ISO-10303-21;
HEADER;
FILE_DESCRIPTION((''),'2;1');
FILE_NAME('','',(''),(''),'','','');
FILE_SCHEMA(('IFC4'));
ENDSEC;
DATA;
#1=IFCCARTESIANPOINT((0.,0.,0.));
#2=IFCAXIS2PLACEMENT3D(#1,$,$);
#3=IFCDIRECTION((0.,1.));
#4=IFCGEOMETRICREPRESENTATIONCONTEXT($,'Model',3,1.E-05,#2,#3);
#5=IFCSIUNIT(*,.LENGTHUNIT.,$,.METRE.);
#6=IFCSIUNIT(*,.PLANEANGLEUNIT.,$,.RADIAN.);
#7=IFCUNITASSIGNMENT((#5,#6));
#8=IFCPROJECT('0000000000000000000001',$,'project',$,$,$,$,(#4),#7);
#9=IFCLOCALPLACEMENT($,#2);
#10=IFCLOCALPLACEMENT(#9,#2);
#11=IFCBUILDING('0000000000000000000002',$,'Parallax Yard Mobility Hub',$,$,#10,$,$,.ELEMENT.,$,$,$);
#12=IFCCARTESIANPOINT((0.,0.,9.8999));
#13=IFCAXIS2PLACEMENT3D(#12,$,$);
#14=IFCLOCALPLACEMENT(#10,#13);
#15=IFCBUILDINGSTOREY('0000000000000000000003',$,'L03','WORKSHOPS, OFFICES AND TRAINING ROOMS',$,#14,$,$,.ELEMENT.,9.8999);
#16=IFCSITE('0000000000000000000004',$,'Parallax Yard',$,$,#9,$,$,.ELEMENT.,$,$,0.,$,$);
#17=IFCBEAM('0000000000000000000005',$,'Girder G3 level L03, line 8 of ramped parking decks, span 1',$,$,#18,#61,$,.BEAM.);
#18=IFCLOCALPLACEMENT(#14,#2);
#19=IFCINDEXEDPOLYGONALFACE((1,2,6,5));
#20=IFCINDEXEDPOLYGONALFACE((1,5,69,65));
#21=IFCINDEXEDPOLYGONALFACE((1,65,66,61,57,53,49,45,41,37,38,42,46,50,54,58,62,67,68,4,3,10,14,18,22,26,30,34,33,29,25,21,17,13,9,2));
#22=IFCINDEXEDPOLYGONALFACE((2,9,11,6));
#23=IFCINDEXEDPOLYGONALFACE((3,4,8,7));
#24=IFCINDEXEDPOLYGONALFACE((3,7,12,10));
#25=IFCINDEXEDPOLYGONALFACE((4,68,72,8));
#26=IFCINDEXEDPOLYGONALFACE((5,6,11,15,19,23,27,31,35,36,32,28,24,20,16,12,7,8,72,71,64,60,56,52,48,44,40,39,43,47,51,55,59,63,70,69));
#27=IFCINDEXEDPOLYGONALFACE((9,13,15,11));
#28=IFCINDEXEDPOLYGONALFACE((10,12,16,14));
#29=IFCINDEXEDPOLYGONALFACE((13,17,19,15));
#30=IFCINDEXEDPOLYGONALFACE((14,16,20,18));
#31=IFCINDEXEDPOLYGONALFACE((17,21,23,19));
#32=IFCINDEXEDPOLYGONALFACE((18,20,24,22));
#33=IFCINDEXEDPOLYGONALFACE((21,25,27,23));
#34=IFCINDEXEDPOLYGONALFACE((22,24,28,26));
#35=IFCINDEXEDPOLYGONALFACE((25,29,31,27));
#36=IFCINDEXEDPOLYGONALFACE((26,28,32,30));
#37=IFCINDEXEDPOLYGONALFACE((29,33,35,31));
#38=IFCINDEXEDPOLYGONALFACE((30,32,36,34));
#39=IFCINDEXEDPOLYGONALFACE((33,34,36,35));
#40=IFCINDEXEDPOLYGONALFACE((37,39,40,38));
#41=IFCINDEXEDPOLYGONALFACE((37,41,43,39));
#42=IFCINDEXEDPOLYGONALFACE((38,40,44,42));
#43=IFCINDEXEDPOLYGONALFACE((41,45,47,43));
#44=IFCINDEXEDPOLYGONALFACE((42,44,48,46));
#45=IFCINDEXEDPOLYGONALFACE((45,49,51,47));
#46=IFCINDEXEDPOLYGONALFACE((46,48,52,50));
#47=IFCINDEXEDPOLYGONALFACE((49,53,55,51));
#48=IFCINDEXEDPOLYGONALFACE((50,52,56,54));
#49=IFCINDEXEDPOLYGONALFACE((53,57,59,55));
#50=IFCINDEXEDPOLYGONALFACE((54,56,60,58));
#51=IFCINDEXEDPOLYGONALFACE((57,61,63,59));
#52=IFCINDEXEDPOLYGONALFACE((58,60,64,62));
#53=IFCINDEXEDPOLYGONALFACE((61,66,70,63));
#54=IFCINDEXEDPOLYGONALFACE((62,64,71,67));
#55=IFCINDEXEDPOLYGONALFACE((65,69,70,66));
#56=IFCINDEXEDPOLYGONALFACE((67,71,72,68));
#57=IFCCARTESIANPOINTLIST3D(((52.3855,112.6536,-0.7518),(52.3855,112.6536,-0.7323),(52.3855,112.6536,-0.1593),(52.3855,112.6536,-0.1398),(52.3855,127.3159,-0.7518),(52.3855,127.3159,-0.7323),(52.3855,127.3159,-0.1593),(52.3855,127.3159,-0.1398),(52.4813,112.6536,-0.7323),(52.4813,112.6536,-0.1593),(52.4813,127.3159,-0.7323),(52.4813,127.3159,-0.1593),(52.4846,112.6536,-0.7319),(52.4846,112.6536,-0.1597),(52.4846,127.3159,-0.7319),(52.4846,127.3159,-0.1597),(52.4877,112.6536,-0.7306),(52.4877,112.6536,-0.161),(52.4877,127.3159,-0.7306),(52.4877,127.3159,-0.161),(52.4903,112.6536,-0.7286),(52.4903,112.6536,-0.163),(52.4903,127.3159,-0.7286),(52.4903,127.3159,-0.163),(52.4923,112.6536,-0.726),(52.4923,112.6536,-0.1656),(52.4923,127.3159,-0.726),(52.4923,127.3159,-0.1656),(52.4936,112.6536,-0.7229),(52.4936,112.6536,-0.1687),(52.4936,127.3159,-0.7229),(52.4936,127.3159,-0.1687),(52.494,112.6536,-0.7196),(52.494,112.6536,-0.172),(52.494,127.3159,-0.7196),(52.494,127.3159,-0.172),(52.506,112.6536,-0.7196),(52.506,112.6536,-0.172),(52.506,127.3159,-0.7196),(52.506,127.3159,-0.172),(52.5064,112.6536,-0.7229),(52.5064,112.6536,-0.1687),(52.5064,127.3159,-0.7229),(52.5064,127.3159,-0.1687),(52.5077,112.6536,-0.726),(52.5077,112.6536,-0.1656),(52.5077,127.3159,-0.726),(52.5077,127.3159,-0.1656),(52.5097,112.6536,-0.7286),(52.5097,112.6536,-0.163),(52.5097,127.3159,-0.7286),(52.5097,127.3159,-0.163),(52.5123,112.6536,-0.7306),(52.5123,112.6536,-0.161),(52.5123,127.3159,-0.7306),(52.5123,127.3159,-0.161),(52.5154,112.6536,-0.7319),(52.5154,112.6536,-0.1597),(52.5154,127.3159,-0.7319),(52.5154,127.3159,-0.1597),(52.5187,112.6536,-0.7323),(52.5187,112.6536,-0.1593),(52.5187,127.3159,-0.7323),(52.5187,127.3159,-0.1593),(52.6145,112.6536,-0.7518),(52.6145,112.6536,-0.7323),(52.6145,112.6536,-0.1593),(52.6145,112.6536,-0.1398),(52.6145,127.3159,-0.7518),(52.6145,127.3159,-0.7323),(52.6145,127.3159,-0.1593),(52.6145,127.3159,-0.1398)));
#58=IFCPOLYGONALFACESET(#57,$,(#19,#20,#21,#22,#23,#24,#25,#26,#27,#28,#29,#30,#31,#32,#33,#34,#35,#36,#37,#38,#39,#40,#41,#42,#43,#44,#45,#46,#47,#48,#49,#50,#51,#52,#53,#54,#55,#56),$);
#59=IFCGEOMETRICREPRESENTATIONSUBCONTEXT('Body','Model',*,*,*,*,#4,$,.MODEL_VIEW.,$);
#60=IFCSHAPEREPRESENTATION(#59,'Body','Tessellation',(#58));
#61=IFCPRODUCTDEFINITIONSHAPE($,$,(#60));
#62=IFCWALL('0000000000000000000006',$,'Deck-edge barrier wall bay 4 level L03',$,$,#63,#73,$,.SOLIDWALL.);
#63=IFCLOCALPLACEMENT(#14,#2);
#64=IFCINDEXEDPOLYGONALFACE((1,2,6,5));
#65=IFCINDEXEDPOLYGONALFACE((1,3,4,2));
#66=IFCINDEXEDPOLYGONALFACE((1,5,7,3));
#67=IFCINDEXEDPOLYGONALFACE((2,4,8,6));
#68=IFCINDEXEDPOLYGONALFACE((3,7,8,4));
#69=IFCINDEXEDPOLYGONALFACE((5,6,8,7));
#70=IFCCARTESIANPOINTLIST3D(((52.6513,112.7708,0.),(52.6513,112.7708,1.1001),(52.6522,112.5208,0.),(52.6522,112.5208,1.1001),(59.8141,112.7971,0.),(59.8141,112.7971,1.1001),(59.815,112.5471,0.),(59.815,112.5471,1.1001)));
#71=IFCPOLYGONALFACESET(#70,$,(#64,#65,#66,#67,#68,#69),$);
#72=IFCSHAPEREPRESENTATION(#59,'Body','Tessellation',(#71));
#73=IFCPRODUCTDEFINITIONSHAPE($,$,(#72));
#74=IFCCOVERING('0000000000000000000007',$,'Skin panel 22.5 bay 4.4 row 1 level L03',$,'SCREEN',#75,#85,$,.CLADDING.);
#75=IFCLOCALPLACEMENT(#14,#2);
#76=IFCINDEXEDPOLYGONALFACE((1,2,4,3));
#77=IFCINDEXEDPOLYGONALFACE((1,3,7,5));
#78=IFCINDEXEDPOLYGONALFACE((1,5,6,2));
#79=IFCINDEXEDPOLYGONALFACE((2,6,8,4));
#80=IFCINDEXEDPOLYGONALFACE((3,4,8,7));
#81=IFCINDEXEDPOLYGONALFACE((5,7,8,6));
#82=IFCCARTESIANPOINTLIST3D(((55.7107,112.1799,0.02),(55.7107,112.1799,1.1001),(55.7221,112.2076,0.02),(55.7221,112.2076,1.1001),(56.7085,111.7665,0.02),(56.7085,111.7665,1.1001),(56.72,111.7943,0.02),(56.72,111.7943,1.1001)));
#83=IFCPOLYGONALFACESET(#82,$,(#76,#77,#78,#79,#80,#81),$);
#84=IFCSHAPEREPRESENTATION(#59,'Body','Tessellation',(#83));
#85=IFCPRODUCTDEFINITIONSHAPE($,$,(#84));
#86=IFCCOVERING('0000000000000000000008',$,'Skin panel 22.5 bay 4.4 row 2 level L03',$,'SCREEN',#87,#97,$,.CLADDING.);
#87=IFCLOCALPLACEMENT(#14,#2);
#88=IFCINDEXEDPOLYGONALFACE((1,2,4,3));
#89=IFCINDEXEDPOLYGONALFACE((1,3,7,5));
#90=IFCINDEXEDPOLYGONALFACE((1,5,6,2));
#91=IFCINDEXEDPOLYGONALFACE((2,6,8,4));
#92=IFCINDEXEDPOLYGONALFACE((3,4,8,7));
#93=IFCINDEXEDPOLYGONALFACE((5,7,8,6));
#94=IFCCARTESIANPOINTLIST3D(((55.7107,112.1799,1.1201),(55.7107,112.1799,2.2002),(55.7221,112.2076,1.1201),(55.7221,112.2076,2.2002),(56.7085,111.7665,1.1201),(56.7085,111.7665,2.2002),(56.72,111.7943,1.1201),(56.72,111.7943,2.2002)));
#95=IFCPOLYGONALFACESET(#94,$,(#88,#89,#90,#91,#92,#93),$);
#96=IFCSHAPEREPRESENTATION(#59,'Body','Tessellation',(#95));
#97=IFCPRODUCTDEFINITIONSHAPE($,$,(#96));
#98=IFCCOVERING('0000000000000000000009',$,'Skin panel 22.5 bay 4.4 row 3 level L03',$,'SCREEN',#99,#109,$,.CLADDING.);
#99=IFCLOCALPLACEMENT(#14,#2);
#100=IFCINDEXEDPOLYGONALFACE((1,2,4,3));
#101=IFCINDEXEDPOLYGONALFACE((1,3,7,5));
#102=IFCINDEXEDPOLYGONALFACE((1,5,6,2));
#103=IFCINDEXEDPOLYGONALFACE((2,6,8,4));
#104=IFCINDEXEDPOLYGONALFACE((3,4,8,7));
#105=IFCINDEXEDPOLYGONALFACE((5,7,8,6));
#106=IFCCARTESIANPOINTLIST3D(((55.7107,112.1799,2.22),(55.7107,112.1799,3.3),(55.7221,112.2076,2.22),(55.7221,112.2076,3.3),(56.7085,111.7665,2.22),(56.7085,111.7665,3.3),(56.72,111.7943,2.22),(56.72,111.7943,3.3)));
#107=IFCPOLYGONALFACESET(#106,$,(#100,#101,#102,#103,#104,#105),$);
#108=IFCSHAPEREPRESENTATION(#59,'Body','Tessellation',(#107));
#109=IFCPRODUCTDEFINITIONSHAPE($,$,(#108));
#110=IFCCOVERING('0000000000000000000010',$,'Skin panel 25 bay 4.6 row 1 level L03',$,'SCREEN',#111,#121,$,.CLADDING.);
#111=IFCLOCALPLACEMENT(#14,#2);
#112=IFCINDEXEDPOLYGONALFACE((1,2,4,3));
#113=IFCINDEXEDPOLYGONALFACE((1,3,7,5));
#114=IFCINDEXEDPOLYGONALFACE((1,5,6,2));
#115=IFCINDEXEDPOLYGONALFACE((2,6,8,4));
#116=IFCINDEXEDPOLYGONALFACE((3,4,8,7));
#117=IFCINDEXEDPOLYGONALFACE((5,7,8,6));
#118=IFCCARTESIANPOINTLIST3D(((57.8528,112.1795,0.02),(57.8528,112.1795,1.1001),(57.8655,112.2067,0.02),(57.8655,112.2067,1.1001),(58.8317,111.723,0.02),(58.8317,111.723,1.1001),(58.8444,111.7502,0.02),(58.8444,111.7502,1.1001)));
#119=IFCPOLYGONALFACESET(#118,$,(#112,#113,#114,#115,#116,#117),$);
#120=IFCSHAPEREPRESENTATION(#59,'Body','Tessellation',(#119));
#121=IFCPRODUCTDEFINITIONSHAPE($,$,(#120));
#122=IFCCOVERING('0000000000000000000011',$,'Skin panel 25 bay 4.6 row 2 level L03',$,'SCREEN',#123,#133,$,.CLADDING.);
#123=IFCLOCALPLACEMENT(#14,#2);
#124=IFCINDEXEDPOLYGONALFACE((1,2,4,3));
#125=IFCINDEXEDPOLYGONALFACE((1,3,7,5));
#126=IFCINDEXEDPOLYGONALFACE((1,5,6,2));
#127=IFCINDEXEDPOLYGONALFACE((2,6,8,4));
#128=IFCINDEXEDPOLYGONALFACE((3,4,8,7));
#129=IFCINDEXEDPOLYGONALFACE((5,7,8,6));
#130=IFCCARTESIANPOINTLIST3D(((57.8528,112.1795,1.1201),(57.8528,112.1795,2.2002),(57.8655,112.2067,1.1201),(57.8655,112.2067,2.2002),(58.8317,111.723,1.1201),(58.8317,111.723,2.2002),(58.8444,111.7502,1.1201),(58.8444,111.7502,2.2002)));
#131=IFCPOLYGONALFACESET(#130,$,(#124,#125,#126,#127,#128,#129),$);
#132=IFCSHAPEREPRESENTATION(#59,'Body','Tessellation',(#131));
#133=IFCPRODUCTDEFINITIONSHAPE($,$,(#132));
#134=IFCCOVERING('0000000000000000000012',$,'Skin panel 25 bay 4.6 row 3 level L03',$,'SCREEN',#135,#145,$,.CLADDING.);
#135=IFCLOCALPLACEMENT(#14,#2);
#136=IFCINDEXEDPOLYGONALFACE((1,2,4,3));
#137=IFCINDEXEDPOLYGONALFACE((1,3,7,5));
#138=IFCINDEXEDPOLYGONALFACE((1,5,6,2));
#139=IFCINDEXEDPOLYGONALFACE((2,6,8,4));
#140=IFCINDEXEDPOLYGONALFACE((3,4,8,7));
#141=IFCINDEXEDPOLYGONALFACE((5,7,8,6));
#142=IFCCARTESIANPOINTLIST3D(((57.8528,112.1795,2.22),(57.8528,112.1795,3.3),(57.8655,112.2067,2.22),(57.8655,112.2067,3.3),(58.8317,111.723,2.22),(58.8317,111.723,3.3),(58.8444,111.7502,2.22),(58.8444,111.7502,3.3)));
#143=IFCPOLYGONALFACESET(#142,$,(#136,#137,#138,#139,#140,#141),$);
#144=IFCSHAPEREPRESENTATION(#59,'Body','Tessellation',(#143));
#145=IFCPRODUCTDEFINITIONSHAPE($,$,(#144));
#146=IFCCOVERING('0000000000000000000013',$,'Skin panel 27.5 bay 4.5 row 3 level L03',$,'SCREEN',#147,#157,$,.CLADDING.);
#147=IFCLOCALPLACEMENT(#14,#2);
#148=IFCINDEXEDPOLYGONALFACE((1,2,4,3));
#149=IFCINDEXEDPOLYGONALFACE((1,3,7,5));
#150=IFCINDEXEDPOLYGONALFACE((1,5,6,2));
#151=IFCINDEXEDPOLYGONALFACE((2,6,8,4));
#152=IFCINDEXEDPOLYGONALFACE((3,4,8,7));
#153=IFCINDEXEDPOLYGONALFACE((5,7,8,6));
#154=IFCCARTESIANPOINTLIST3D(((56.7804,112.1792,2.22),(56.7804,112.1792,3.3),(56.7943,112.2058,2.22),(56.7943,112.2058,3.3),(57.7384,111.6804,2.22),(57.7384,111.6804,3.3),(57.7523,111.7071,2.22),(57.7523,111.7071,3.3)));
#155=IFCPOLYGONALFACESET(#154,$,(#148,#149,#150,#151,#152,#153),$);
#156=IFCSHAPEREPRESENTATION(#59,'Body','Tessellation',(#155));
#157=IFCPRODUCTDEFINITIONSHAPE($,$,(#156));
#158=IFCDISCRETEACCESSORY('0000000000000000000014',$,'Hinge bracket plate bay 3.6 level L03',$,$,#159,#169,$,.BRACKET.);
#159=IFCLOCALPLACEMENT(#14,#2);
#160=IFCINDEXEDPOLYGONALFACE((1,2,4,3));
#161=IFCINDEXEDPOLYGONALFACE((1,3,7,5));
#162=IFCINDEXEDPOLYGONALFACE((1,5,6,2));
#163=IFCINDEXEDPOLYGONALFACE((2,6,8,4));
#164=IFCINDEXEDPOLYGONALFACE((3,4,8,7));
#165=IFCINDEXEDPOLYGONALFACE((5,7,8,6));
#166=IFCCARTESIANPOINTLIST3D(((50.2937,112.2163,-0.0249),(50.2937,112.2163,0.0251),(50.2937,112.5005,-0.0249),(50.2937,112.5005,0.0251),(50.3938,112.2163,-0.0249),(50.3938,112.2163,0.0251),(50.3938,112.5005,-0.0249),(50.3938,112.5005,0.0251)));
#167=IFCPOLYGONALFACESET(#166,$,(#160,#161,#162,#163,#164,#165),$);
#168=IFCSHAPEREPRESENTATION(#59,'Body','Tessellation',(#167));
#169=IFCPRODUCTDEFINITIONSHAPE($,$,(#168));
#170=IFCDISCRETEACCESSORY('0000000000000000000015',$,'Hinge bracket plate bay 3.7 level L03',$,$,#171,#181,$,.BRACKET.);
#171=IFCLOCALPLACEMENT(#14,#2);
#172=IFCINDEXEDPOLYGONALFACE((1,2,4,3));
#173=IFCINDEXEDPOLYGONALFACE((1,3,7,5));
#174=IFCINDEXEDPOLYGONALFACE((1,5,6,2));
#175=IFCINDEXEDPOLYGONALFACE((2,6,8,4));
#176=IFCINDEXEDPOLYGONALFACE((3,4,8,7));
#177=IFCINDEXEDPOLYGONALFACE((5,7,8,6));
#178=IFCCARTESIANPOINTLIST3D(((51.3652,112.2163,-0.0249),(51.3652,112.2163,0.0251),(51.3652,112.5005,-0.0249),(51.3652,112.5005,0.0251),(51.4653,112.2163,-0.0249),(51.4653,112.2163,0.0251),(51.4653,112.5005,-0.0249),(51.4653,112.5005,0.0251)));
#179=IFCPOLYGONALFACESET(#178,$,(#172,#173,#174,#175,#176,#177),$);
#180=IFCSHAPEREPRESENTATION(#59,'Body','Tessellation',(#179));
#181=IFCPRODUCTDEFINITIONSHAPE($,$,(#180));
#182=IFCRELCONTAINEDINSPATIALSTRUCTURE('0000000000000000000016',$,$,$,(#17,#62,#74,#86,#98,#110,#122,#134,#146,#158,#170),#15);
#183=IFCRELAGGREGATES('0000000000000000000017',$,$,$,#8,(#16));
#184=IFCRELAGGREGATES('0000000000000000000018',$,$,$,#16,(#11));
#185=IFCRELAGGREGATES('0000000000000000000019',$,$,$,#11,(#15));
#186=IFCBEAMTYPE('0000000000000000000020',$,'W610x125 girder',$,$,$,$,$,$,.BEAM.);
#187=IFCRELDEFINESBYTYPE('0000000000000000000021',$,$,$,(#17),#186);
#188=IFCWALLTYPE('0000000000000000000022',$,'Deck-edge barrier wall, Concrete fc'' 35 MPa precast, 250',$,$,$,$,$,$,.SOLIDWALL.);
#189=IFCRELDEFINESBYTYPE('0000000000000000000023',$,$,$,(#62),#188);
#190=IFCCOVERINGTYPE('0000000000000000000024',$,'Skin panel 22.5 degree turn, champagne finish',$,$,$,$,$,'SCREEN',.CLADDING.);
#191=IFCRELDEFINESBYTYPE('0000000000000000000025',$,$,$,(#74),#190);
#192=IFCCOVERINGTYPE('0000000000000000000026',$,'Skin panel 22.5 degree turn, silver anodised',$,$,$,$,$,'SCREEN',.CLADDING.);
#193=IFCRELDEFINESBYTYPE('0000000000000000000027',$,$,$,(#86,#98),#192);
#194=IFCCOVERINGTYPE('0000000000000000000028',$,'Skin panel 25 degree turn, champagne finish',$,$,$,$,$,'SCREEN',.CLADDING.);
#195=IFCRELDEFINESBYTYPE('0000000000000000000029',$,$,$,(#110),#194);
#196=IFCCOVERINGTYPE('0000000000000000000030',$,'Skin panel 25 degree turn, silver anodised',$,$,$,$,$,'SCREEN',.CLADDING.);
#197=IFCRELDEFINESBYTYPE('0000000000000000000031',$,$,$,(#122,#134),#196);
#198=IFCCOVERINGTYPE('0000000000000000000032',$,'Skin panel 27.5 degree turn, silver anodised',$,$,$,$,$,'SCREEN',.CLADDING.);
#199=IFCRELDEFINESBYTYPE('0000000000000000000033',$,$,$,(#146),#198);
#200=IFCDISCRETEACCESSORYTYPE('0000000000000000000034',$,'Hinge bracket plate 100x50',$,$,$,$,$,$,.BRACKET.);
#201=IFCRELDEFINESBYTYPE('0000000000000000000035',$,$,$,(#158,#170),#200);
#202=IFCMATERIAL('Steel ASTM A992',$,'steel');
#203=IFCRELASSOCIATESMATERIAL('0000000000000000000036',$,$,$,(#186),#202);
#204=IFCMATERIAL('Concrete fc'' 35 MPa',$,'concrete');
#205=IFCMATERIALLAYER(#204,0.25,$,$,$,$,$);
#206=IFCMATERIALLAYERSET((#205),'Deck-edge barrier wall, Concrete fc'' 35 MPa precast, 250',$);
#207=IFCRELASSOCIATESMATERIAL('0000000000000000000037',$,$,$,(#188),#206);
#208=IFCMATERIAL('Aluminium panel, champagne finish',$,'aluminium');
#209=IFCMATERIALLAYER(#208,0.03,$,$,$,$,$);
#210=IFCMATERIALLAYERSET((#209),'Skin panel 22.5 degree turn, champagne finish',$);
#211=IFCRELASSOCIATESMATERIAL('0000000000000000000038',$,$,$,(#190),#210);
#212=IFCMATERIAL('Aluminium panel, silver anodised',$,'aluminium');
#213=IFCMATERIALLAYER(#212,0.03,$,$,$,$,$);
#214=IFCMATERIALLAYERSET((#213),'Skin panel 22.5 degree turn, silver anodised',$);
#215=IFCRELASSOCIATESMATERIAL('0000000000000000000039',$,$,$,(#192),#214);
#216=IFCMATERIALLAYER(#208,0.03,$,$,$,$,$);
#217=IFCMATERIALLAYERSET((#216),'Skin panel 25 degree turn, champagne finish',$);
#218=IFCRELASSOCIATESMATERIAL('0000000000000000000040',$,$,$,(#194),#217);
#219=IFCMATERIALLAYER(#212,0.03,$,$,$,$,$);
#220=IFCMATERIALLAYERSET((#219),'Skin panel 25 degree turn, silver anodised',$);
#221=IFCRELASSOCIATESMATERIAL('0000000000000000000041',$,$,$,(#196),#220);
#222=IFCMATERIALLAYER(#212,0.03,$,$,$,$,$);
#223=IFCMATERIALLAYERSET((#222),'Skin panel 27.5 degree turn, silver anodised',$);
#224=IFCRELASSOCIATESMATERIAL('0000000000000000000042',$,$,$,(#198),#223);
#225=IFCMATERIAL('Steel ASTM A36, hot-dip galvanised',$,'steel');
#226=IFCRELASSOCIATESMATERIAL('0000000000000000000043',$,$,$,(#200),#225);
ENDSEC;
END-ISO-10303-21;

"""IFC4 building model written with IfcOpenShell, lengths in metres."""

from ifc_helpers import new_model, si_unit, direction, frame, frame_2d, origin, origin_2d, place, context, subcontext, project, spatial, rectangle, i_section, extrude, material, layer, layer_set, material_profile, profile_set, type_object, element, save


model = new_model("IFC4")

# Units and contexts
model_context = context("Model", 3, precision=1e-05, world=origin(), true_north=direction((0.0, 1.0)))
body_context = subcontext(model_context, "Body", "Model", "MODEL_VIEW")
ifc_project = project(units=[si_unit("LENGTHUNIT", "METRE"), si_unit("PLANEANGLEUNIT", "RADIAN")], contexts=[model_context])

# Site, building, storey
site_placement = place(None, origin())
site = spatial("IfcSite", under=ifc_project, at=site_placement, Name="Parallax Yard", CompositionType="ELEMENT", RefElevation=0.0)
building_placement = place(site_placement, origin())
building = spatial("IfcBuilding", under=site, at=building_placement, Name="Parallax Yard Mobility Hub", CompositionType="ELEMENT")
storey_placement = place(building_placement, frame((0.0, 0.0, 9.8999)))
storey = spatial("IfcBuildingStorey", under=building, at=storey_placement, Name="L03", Description="WORKSHOPS, OFFICES AND TRAINING ROOMS", CompositionType="ELEMENT", Elevation=9.8999)

# Shared definitions
ifc_material_1 = material(Name="Steel ASTM A992", Category="steel")

# Beam
ifc_material_profile_1 = material_profile(ifc_material_1, i_section(OverallWidth=0.229, OverallDepth=0.6121, WebThickness=0.012, FlangeThickness=0.0195, FilletRadius=0.0127, at=origin_2d()), Name="W610x125")
ifc_profile_set_1 = profile_set([ifc_material_profile_1], Name="Steel ASTM A992")
beam_type_1 = type_object("IfcBeamType", Name="W610x125 girder", PredefinedType="BEAM", material=ifc_profile_set_1)
beam_1_placement = place(storey_placement, frame((52.5, 112.6536, -0.4458), z_axis=(0.0, 1.0, 0.0), x_axis=(-1.0, 0.0, 0.0)))
element("IfcBeam", 1, at=beam_1_placement, inside=storey, type_object=beam_type_1, Name="Girder G3 level L03, line 8 of ramped parking decks, span 1", PredefinedType="BEAM", context=body_context, shape_type="SweptSolid", body=[
    extrude(i_section(OverallWidth=0.229, OverallDepth=0.6121, WebThickness=0.012, FlangeThickness=0.0195, FilletRadius=0.0127, at=origin_2d()), origin(), (0.0, 0.0, 1.0), 14.6624),
])

# Wall
ifc_material_2 = material(Name="Concrete fc' 35 MPa", Category="concrete")
ifc_layer_1 = layer(ifc_material_2, 0.25)
ifc_layer_set_1 = layer_set([ifc_layer_1], Name="Deck-edge barrier wall, Concrete fc' 35 MPa precast, 250")
wall_type = type_object("IfcWallType", Name="Deck-edge barrier wall, Concrete fc' 35 MPa precast, 250", PredefinedType="SOLIDWALL", material=ifc_layer_set_1)
wall_placement = place(storey_placement, frame((52.6516, 112.6458, 0.0), z_axis=(0.0, 0.0, 1.0), x_axis=(0.999993, 0.003681, 0.0)))
element("IfcWall", 2, at=wall_placement, inside=storey, type_object=wall_type, Name="Deck-edge barrier wall bay 4 level L03", PredefinedType="SOLIDWALL", context=body_context, shape_type="SweptSolid", body=[
    extrude(rectangle(XDim=7.1628, YDim=0.25, at=frame_2d((3.5815, 0.0))), origin(), (0.0, 0.0, 1.0), 1.1001),
])

# Coverings
ifc_material_3 = material(Name="Aluminium panel, champagne finish", Category="aluminium")
ifc_layer_2 = layer(ifc_material_3, 0.03)
ifc_layer_set_2 = layer_set([ifc_layer_2], Name="Skin panel 22.5 degree turn, champagne finish")
covering_type_1 = type_object("IfcCoveringType", Name="Skin panel 22.5 degree turn, champagne finish", ElementType="SCREEN", PredefinedType="CLADDING", material=ifc_layer_set_2)
covering_1_placement = place(storey_placement, frame((56.2153, 111.9871, 0.02), z_axis=(0.0, 0.0, 1.0), x_axis=(0.92388, -0.382683, 0.0)))
element("IfcCovering", 3, at=covering_1_placement, inside=storey, type_object=covering_type_1, Name="Skin panel 22.5 bay 4.4 row 1 level L03", ObjectType="SCREEN", PredefinedType="CLADDING", context=body_context, shape_type="SweptSolid", body=[
    extrude(rectangle(XDim=1.0801, YDim=0.03, at=origin_2d()), origin(), (0.0, 0.0, 1.0), 1.0801),
])
ifc_material_4 = material(Name="Aluminium panel, silver anodised", Category="aluminium")
ifc_layer_3 = layer(ifc_material_4, 0.03)
ifc_layer_set_3 = layer_set([ifc_layer_3], Name="Skin panel 22.5 degree turn, silver anodised")
covering_type_2 = type_object("IfcCoveringType", Name="Skin panel 22.5 degree turn, silver anodised", ElementType="SCREEN", PredefinedType="CLADDING", material=ifc_layer_set_3)
for number, where, z_axis, x_axis, name in (
    (4, (56.2153, 111.9871, 1.1201), (0.0, 0.0, 1.0), (0.92388, -0.382683, 0.0), "Skin panel 22.5 bay 4.4 row 2 level L03"),
    (5, (56.2153, 111.9871, 2.22), (0.0, 0.0, 1.0), (0.92388, -0.382683, 0.0), "Skin panel 22.5 bay 4.4 row 3 level L03"),
):
    element("IfcCovering", number, at=place(storey_placement, frame(where, z_axis=z_axis, x_axis=x_axis)), inside=storey, type_object=covering_type_2, Name=name, ObjectType="SCREEN", PredefinedType="CLADDING", context=body_context, shape_type="SweptSolid", body=[
        extrude(rectangle(XDim=1.0801, YDim=0.03, at=origin_2d()), origin(), (0.0, 0.0, 1.0), 1.0801),
    ])
ifc_layer_4 = layer(ifc_material_3, 0.03)
ifc_layer_set_4 = layer_set([ifc_layer_4], Name="Skin panel 25 degree turn, champagne finish")
covering_type_3 = type_object("IfcCoveringType", Name="Skin panel 25 degree turn, champagne finish", ElementType="SCREEN", PredefinedType="CLADDING", material=ifc_layer_set_4)
covering_2_placement = place(storey_placement, frame((58.3486, 111.9648, 0.02), z_axis=(0.0, 0.0, 1.0), x_axis=(0.906308, -0.422618, 0.0)))
element("IfcCovering", 6, at=covering_2_placement, inside=storey, type_object=covering_type_3, Name="Skin panel 25 bay 4.6 row 1 level L03", ObjectType="SCREEN", PredefinedType="CLADDING", context=body_context, shape_type="SweptSolid", body=[
    extrude(rectangle(XDim=1.0801, YDim=0.03, at=origin_2d()), origin(), (0.0, 0.0, 1.0), 1.0801),
])
ifc_layer_5 = layer(ifc_material_4, 0.03)
ifc_layer_set_5 = layer_set([ifc_layer_5], Name="Skin panel 25 degree turn, silver anodised")
covering_type_4 = type_object("IfcCoveringType", Name="Skin panel 25 degree turn, silver anodised", ElementType="SCREEN", PredefinedType="CLADDING", material=ifc_layer_set_5)
for number, where, z_axis, x_axis, name in (
    (7, (58.3486, 111.9648, 1.1201), (0.0, 0.0, 1.0), (0.906308, -0.422618, 0.0), "Skin panel 25 bay 4.6 row 2 level L03"),
    (8, (58.3486, 111.9648, 2.22), (0.0, 0.0, 1.0), (0.906308, -0.422618, 0.0), "Skin panel 25 bay 4.6 row 3 level L03"),
):
    element("IfcCovering", number, at=place(storey_placement, frame(where, z_axis=z_axis, x_axis=x_axis)), inside=storey, type_object=covering_type_4, Name=name, ObjectType="SCREEN", PredefinedType="CLADDING", context=body_context, shape_type="SweptSolid", body=[
        extrude(rectangle(XDim=1.0801, YDim=0.03, at=origin_2d()), origin(), (0.0, 0.0, 1.0), 1.0801),
    ])
ifc_layer_6 = layer(ifc_material_4, 0.03)
ifc_layer_set_6 = layer_set([ifc_layer_6], Name="Skin panel 27.5 degree turn, silver anodised")
covering_type_5 = type_object("IfcCoveringType", Name="Skin panel 27.5 degree turn, silver anodised", ElementType="SCREEN", PredefinedType="CLADDING", material=ifc_layer_set_6)
covering_3_placement = place(storey_placement, frame((57.2664, 111.9431, 2.22), z_axis=(0.0, 0.0, 1.0), x_axis=(0.887011, -0.461749, 0.0)))
element("IfcCovering", 9, at=covering_3_placement, inside=storey, type_object=covering_type_5, Name="Skin panel 27.5 bay 4.5 row 3 level L03", ObjectType="SCREEN", PredefinedType="CLADDING", context=body_context, shape_type="SweptSolid", body=[
    extrude(rectangle(XDim=1.0801, YDim=0.03, at=origin_2d()), origin(), (0.0, 0.0, 1.0), 1.0801),
])

# Discrete accessories
ifc_material_5 = material(Name="Steel ASTM A36, hot-dip galvanised", Category="steel")
discrete_accessory_type_1 = type_object("IfcDiscreteAccessoryType", Name="Hinge bracket plate 100x50", PredefinedType="BRACKET", material=ifc_material_5)
for number, where, z_axis, x_axis, name in (
    (10, (50.3438, 112.3584, -0.0249), (0.0, 0.0, 1.0), (0.0, -1.0, 0.0), "Hinge bracket plate bay 3.6 level L03"),
    (11, (51.4153, 112.3584, -0.0249), (0.0, 0.0, 1.0), (0.0, -1.0, 0.0), "Hinge bracket plate bay 3.7 level L03"),
):
    element("IfcDiscreteAccessory", number, at=place(storey_placement, frame(where, z_axis=z_axis, x_axis=x_axis)), inside=storey, type_object=discrete_accessory_type_1, Name=name, PredefinedType="BRACKET", context=body_context, shape_type="SweptSolid", body=[
        extrude(rectangle(XDim=0.2842, YDim=0.1001, at=origin_2d()), origin(), (0.0, 0.0, 1.0), 0.05),
    ])

save(model, "model.ifc")
